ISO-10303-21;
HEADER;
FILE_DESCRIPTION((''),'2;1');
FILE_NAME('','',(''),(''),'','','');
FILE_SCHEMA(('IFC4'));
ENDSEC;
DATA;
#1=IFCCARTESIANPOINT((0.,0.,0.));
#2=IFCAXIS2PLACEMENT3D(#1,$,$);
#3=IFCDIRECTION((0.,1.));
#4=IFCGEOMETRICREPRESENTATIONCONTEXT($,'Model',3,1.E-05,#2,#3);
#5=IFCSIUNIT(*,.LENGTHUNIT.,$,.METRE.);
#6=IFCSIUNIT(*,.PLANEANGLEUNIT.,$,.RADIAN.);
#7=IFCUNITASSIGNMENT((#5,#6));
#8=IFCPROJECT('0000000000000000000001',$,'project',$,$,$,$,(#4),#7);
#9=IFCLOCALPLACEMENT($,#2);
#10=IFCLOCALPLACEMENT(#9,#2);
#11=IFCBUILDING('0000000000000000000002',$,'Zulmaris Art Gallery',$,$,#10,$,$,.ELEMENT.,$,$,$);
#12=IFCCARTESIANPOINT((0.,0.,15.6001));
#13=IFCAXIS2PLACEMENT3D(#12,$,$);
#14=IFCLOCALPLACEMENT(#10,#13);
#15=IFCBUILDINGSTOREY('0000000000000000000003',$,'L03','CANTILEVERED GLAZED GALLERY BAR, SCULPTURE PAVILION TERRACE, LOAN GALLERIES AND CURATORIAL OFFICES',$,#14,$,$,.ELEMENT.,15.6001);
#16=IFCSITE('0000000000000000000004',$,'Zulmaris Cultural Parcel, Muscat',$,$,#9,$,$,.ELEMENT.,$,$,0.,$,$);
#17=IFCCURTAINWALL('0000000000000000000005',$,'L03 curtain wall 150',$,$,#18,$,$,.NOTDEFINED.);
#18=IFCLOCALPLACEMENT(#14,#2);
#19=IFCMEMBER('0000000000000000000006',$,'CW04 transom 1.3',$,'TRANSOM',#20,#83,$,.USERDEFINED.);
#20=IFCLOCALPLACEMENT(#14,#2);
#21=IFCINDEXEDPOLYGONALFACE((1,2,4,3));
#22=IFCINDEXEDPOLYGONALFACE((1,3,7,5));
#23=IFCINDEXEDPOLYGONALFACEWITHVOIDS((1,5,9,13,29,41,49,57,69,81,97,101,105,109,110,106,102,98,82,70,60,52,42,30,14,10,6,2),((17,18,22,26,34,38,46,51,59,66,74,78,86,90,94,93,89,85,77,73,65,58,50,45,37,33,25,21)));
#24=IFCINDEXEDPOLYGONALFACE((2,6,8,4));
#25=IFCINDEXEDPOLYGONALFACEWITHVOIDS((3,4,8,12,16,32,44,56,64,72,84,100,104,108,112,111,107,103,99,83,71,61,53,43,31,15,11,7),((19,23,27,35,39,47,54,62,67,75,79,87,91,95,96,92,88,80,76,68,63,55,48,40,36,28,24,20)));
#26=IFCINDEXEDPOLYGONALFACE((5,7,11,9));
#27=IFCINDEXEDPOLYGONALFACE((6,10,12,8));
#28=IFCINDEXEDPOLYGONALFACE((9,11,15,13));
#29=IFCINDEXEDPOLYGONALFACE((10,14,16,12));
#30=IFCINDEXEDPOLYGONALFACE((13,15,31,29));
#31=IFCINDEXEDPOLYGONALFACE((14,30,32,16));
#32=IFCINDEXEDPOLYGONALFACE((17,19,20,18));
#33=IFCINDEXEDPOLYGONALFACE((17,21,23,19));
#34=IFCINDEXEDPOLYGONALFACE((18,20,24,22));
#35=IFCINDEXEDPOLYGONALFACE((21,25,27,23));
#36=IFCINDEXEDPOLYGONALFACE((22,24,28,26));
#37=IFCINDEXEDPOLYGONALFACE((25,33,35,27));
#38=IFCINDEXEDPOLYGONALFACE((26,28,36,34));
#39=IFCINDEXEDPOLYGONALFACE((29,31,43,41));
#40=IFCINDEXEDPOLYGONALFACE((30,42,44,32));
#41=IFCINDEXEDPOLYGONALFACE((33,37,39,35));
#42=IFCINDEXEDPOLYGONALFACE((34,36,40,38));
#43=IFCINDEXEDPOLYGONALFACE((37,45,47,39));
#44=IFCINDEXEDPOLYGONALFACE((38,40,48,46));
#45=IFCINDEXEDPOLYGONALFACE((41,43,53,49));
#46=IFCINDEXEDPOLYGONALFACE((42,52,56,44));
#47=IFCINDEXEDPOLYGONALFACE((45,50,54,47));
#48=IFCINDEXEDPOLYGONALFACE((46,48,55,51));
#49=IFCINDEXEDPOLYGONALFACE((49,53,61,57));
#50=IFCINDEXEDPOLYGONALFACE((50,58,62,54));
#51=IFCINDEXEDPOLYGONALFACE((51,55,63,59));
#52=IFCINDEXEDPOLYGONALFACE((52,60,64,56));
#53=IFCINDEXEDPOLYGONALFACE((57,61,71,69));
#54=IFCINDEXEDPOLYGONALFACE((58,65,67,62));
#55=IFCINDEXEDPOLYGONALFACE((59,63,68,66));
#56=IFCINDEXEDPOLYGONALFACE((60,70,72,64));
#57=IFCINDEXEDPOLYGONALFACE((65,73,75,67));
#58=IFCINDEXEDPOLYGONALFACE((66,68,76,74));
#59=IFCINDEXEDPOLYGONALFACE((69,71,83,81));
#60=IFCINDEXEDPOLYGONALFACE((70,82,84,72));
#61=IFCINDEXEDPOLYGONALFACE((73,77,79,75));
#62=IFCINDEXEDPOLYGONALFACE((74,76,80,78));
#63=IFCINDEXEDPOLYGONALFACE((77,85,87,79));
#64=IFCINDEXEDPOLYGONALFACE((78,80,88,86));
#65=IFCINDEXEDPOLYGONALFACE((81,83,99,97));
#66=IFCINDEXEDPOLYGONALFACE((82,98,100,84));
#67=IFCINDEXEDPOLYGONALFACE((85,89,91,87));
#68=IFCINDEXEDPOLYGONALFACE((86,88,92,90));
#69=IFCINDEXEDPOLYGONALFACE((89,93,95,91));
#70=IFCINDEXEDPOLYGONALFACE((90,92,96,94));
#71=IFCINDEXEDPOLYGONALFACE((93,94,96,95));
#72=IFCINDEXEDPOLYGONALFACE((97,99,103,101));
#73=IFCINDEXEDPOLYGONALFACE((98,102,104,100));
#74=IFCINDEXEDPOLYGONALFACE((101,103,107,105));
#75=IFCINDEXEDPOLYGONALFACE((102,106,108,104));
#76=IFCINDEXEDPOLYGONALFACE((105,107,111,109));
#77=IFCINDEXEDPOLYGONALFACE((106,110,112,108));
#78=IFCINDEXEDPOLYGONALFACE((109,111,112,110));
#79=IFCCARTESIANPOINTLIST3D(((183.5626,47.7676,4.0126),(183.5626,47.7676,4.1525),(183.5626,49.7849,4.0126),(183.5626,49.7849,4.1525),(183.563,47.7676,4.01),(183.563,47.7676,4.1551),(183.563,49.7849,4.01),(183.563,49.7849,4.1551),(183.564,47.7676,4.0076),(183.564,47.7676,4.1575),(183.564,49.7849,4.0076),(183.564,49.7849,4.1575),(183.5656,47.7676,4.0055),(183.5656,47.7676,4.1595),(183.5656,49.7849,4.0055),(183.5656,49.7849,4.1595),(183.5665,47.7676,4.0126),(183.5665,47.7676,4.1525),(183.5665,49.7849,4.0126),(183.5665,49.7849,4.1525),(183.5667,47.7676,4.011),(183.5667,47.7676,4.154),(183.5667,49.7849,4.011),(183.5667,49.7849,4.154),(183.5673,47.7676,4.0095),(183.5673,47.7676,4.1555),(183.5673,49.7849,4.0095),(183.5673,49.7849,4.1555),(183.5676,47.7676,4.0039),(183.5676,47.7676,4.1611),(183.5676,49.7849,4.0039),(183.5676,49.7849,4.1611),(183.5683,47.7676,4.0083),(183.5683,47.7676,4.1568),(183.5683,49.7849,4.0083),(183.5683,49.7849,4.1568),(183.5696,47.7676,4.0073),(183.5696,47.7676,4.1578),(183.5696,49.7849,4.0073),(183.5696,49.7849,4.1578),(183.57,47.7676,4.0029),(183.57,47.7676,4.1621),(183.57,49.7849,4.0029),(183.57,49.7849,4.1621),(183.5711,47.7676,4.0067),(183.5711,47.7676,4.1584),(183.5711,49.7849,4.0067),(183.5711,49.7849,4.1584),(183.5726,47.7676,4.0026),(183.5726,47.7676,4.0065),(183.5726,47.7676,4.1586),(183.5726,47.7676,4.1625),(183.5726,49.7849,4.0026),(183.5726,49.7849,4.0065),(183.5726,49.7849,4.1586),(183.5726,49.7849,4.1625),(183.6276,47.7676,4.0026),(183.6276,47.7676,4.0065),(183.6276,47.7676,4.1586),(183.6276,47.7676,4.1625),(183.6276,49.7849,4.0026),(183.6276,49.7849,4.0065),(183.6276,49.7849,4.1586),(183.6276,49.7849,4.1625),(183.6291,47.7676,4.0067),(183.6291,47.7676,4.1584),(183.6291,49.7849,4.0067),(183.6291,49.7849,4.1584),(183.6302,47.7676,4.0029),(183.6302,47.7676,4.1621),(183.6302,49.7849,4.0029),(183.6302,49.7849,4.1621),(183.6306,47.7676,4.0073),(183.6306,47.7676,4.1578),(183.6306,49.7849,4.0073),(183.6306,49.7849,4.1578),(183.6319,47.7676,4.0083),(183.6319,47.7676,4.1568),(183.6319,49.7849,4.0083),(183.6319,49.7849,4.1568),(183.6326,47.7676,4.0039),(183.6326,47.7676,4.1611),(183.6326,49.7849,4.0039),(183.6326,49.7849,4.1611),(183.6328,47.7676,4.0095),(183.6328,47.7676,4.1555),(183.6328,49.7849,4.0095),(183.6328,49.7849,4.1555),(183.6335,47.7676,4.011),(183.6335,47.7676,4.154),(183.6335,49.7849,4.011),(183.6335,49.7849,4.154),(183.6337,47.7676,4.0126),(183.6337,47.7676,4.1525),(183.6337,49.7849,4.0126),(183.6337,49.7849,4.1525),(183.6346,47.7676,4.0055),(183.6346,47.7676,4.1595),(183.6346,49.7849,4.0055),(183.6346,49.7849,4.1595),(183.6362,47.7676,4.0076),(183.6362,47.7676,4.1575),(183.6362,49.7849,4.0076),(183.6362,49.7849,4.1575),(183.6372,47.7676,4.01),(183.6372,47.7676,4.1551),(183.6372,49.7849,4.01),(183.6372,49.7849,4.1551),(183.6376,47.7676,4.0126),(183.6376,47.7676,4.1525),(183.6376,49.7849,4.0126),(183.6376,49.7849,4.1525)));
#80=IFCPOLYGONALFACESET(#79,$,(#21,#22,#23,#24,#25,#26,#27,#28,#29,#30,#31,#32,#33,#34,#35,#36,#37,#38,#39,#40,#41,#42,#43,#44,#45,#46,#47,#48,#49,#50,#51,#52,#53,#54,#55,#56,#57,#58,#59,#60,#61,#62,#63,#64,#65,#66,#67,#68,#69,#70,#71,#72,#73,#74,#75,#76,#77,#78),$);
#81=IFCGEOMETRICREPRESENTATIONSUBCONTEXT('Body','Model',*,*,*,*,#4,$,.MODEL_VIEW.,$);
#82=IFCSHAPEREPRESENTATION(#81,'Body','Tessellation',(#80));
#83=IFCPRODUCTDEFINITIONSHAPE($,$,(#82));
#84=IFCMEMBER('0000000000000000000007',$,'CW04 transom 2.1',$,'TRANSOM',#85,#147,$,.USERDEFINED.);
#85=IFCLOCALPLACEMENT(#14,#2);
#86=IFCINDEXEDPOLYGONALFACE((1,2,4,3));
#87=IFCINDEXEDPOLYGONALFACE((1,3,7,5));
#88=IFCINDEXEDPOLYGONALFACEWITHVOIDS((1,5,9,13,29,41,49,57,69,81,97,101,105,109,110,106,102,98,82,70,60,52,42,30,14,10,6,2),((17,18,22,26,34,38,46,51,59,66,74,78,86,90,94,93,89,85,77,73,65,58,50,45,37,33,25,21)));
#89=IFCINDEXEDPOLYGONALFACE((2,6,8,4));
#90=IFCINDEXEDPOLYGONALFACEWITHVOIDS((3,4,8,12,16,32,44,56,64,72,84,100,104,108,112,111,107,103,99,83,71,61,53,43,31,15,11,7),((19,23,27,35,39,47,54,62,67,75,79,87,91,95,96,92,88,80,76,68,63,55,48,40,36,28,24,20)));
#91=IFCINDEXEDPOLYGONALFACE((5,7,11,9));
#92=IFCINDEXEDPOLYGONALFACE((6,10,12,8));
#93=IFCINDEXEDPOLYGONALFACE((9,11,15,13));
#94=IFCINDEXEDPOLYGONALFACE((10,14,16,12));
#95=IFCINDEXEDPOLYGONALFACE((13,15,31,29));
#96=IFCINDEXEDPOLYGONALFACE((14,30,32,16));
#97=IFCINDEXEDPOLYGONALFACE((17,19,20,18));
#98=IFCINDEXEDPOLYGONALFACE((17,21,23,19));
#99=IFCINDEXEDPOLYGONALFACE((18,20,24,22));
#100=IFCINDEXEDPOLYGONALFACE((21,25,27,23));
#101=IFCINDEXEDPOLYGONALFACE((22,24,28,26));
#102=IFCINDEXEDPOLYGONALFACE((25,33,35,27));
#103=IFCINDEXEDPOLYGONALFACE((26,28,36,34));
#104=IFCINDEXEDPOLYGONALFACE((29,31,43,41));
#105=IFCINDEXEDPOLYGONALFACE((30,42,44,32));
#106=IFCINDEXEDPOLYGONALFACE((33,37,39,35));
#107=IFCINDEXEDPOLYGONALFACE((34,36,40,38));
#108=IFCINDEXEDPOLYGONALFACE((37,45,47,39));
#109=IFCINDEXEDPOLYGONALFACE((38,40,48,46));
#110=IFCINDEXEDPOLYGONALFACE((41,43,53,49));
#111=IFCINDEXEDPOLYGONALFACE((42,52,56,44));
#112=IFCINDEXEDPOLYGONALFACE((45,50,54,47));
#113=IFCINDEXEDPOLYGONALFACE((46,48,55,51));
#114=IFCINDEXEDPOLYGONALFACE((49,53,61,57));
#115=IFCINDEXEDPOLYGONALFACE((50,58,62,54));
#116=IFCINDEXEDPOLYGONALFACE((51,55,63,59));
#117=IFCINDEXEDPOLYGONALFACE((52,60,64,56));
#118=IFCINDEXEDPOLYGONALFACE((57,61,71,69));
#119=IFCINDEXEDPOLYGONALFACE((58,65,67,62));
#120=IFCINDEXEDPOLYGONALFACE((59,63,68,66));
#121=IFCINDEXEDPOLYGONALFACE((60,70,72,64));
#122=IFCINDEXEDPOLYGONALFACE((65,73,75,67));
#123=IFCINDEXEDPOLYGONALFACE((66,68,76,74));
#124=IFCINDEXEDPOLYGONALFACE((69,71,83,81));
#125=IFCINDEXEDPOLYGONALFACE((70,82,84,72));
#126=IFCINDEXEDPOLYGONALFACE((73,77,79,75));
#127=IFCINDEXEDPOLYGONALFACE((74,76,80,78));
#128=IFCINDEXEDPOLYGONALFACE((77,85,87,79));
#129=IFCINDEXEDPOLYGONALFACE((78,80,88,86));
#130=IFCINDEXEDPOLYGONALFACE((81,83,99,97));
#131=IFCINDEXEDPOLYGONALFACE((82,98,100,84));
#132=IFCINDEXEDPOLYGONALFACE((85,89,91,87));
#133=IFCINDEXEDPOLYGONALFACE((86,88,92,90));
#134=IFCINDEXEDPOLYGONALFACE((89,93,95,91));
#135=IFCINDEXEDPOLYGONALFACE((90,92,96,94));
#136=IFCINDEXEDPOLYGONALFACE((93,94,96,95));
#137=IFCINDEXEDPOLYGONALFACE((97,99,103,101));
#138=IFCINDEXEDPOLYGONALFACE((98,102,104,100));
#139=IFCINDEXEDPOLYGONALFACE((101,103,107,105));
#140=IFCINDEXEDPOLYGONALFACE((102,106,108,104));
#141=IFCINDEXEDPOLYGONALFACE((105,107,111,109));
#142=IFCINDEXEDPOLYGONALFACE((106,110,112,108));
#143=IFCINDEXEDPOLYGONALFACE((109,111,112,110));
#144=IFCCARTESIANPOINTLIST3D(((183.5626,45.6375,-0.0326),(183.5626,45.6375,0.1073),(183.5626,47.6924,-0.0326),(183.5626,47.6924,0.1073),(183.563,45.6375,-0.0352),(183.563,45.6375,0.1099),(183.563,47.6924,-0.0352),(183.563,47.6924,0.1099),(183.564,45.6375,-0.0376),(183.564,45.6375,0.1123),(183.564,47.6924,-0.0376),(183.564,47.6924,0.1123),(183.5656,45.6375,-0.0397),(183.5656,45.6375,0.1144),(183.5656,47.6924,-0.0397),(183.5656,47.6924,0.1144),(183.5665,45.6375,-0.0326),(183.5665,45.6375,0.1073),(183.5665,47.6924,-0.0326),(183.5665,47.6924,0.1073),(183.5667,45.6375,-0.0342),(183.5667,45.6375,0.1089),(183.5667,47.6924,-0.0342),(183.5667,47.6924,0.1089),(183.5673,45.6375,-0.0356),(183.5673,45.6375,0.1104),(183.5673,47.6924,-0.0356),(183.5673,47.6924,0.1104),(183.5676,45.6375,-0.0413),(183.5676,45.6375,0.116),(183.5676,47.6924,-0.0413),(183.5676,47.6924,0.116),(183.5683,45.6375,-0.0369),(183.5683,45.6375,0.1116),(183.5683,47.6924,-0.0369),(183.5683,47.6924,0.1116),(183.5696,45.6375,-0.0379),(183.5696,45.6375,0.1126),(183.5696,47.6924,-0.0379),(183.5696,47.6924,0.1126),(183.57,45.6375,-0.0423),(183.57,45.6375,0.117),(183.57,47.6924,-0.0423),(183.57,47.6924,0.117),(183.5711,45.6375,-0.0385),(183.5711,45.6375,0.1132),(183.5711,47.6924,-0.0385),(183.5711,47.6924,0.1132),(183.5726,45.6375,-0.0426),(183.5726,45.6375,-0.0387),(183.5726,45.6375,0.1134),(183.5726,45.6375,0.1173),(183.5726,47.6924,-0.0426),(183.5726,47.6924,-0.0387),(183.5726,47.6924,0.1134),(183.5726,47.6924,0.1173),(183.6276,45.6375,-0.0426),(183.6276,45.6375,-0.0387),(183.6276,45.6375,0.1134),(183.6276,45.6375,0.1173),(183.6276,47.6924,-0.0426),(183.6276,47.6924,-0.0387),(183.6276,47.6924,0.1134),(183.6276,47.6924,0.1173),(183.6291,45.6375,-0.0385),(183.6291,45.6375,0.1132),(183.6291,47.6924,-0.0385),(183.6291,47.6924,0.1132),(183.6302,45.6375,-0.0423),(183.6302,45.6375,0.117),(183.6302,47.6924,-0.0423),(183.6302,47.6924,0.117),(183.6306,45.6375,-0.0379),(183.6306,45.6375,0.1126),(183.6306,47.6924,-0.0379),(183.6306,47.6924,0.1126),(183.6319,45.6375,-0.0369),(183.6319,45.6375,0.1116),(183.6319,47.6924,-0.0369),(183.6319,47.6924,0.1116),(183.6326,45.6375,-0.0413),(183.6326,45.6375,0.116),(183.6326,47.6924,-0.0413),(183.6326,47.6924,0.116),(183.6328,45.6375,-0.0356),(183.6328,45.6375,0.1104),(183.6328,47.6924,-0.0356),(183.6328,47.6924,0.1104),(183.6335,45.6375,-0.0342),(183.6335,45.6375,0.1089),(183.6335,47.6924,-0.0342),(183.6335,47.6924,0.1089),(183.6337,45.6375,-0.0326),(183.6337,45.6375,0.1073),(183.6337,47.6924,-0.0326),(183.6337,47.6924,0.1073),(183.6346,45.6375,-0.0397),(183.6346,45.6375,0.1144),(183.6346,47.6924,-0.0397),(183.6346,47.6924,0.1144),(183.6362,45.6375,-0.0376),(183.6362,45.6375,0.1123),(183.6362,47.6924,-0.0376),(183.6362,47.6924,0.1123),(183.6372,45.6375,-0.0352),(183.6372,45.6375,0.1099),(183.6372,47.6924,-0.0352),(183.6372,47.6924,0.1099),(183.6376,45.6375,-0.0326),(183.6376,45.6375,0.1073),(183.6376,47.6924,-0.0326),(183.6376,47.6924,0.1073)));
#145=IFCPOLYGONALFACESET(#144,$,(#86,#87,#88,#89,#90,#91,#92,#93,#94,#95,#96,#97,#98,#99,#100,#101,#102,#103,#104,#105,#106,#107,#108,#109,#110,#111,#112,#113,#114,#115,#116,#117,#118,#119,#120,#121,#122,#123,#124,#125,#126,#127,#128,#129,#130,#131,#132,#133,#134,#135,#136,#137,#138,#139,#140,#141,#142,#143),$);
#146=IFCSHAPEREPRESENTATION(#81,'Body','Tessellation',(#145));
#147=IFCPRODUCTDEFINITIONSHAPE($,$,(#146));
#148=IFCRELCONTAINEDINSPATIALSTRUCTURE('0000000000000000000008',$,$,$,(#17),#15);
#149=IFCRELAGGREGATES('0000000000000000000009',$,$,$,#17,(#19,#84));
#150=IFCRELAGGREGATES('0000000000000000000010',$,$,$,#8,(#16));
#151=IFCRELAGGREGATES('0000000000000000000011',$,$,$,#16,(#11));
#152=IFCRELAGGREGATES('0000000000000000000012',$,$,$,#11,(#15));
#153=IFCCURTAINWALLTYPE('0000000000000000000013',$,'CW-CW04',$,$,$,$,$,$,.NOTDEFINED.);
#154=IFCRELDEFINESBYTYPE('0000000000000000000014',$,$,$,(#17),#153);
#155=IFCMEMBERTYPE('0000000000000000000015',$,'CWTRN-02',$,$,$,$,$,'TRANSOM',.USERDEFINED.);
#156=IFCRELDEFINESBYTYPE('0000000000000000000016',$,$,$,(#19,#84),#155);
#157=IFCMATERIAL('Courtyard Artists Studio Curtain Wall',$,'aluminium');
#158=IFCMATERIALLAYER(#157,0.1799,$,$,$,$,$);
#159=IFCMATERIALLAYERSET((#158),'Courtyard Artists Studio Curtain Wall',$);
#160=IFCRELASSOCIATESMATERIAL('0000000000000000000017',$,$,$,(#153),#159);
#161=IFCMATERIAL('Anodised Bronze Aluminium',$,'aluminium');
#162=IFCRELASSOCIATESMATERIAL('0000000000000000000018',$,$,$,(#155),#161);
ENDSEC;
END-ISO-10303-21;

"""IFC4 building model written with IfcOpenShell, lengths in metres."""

from ifc_helpers import new_model, si_unit, direction, frame, origin, origin_2d, place, context, subcontext, project, spatial, hollow_rectangle, extrude, material, layer, layer_set, material_profile, profile_set, type_object, element, aggregate, save


model = new_model("IFC4")

# Units and contexts
model_context = context("Model", 3, precision=1e-05, world=origin(), true_north=direction((0.0, 1.0)))
body_context = subcontext(model_context, "Body", "Model", "MODEL_VIEW")
ifc_project = project(units=[si_unit("LENGTHUNIT", "METRE"), si_unit("PLANEANGLEUNIT", "RADIAN")], contexts=[model_context])

# Site, building, storey
site_placement = place(None, origin())
site = spatial("IfcSite", under=ifc_project, at=site_placement, Name="Zulmaris Cultural Parcel, Muscat", CompositionType="ELEMENT", RefElevation=0.0)
building_placement = place(site_placement, origin())
building = spatial("IfcBuilding", under=site, at=building_placement, Name="Zulmaris Art Gallery", CompositionType="ELEMENT")
storey_placement = place(building_placement, frame((0.0, 0.0, 15.6001)))
storey = spatial("IfcBuildingStorey", under=building, at=storey_placement, Name="L03", Description="CANTILEVERED GLAZED GALLERY BAR, SCULPTURE PAVILION TERRACE, LOAN GALLERIES AND CURATORIAL OFFICES", CompositionType="ELEMENT", Elevation=15.6001)

# Curtain wall
ifc_material_1 = material(Name="Courtyard Artists Studio Curtain Wall", Category="aluminium")
ifc_layer_1 = layer(ifc_material_1, 0.1799)
ifc_layer_set_1 = layer_set([ifc_layer_1], Name="Courtyard Artists Studio Curtain Wall")
curtain_wall_type = type_object("IfcCurtainWallType", Name="CW-CW04", PredefinedType="NOTDEFINED", material=ifc_layer_set_1)
curtain_wall_1_placement = place(storey_placement, origin())
curtain_wall_1 = element("IfcCurtainWall", 1, at=curtain_wall_1_placement, inside=storey, type_object=curtain_wall_type, Name="L03 curtain wall 150", PredefinedType="NOTDEFINED")
ifc_material_2 = material(Name="Anodised Bronze Aluminium", Category="aluminium")

# Members
ifc_material_profile_1 = material_profile(ifc_material_2, hollow_rectangle(XDim=0.075, YDim=0.1599, WallThickness=0.0039, InnerFilletRadius=0.0061, OuterFilletRadius=0.01, at=origin_2d()), Name="ALU 75x160x4")
ifc_profile_set_1 = profile_set([ifc_material_profile_1], Name="Anodised Bronze Aluminium")
member_type_1 = type_object("IfcMemberType", Name="CWTRN-02", ElementType="TRANSOM", PredefinedType="USERDEFINED", material=ifc_profile_set_1)
member_1_placement = place(storey_placement, frame((183.6001, 49.7849, 4.0825), z_axis=(0.0, -1.0, 0.0), x_axis=(1.0, 0.0, 0.0)))
member_1 = element("IfcMember", 2, at=member_1_placement, type_object=member_type_1, Name="CW04 transom 1.3", ObjectType="TRANSOM", PredefinedType="USERDEFINED", context=body_context, shape_type="SweptSolid", body=[
    extrude(hollow_rectangle(XDim=0.075, YDim=0.1599, WallThickness=0.0039, InnerFilletRadius=0.0061, OuterFilletRadius=0.01, at=origin_2d()), origin(), (0.0, 0.0, 1.0), 2.0173),
])
member_2_placement = place(storey_placement, frame((183.6001, 47.6924, 0.0374), z_axis=(0.0, -1.0, 0.0), x_axis=(1.0, 0.0, 0.0)))
member_2 = element("IfcMember", 3, at=member_2_placement, type_object=member_type_1, Name="CW04 transom 2.1", ObjectType="TRANSOM", PredefinedType="USERDEFINED", context=body_context, shape_type="SweptSolid", body=[
    extrude(hollow_rectangle(XDim=0.075, YDim=0.1599, WallThickness=0.0039, InnerFilletRadius=0.0061, OuterFilletRadius=0.01, at=origin_2d()), origin(), (0.0, 0.0, 1.0), 2.0549),
])

aggregate(curtain_wall_1, [member_1, member_2])

save(model, "model.ifc")
